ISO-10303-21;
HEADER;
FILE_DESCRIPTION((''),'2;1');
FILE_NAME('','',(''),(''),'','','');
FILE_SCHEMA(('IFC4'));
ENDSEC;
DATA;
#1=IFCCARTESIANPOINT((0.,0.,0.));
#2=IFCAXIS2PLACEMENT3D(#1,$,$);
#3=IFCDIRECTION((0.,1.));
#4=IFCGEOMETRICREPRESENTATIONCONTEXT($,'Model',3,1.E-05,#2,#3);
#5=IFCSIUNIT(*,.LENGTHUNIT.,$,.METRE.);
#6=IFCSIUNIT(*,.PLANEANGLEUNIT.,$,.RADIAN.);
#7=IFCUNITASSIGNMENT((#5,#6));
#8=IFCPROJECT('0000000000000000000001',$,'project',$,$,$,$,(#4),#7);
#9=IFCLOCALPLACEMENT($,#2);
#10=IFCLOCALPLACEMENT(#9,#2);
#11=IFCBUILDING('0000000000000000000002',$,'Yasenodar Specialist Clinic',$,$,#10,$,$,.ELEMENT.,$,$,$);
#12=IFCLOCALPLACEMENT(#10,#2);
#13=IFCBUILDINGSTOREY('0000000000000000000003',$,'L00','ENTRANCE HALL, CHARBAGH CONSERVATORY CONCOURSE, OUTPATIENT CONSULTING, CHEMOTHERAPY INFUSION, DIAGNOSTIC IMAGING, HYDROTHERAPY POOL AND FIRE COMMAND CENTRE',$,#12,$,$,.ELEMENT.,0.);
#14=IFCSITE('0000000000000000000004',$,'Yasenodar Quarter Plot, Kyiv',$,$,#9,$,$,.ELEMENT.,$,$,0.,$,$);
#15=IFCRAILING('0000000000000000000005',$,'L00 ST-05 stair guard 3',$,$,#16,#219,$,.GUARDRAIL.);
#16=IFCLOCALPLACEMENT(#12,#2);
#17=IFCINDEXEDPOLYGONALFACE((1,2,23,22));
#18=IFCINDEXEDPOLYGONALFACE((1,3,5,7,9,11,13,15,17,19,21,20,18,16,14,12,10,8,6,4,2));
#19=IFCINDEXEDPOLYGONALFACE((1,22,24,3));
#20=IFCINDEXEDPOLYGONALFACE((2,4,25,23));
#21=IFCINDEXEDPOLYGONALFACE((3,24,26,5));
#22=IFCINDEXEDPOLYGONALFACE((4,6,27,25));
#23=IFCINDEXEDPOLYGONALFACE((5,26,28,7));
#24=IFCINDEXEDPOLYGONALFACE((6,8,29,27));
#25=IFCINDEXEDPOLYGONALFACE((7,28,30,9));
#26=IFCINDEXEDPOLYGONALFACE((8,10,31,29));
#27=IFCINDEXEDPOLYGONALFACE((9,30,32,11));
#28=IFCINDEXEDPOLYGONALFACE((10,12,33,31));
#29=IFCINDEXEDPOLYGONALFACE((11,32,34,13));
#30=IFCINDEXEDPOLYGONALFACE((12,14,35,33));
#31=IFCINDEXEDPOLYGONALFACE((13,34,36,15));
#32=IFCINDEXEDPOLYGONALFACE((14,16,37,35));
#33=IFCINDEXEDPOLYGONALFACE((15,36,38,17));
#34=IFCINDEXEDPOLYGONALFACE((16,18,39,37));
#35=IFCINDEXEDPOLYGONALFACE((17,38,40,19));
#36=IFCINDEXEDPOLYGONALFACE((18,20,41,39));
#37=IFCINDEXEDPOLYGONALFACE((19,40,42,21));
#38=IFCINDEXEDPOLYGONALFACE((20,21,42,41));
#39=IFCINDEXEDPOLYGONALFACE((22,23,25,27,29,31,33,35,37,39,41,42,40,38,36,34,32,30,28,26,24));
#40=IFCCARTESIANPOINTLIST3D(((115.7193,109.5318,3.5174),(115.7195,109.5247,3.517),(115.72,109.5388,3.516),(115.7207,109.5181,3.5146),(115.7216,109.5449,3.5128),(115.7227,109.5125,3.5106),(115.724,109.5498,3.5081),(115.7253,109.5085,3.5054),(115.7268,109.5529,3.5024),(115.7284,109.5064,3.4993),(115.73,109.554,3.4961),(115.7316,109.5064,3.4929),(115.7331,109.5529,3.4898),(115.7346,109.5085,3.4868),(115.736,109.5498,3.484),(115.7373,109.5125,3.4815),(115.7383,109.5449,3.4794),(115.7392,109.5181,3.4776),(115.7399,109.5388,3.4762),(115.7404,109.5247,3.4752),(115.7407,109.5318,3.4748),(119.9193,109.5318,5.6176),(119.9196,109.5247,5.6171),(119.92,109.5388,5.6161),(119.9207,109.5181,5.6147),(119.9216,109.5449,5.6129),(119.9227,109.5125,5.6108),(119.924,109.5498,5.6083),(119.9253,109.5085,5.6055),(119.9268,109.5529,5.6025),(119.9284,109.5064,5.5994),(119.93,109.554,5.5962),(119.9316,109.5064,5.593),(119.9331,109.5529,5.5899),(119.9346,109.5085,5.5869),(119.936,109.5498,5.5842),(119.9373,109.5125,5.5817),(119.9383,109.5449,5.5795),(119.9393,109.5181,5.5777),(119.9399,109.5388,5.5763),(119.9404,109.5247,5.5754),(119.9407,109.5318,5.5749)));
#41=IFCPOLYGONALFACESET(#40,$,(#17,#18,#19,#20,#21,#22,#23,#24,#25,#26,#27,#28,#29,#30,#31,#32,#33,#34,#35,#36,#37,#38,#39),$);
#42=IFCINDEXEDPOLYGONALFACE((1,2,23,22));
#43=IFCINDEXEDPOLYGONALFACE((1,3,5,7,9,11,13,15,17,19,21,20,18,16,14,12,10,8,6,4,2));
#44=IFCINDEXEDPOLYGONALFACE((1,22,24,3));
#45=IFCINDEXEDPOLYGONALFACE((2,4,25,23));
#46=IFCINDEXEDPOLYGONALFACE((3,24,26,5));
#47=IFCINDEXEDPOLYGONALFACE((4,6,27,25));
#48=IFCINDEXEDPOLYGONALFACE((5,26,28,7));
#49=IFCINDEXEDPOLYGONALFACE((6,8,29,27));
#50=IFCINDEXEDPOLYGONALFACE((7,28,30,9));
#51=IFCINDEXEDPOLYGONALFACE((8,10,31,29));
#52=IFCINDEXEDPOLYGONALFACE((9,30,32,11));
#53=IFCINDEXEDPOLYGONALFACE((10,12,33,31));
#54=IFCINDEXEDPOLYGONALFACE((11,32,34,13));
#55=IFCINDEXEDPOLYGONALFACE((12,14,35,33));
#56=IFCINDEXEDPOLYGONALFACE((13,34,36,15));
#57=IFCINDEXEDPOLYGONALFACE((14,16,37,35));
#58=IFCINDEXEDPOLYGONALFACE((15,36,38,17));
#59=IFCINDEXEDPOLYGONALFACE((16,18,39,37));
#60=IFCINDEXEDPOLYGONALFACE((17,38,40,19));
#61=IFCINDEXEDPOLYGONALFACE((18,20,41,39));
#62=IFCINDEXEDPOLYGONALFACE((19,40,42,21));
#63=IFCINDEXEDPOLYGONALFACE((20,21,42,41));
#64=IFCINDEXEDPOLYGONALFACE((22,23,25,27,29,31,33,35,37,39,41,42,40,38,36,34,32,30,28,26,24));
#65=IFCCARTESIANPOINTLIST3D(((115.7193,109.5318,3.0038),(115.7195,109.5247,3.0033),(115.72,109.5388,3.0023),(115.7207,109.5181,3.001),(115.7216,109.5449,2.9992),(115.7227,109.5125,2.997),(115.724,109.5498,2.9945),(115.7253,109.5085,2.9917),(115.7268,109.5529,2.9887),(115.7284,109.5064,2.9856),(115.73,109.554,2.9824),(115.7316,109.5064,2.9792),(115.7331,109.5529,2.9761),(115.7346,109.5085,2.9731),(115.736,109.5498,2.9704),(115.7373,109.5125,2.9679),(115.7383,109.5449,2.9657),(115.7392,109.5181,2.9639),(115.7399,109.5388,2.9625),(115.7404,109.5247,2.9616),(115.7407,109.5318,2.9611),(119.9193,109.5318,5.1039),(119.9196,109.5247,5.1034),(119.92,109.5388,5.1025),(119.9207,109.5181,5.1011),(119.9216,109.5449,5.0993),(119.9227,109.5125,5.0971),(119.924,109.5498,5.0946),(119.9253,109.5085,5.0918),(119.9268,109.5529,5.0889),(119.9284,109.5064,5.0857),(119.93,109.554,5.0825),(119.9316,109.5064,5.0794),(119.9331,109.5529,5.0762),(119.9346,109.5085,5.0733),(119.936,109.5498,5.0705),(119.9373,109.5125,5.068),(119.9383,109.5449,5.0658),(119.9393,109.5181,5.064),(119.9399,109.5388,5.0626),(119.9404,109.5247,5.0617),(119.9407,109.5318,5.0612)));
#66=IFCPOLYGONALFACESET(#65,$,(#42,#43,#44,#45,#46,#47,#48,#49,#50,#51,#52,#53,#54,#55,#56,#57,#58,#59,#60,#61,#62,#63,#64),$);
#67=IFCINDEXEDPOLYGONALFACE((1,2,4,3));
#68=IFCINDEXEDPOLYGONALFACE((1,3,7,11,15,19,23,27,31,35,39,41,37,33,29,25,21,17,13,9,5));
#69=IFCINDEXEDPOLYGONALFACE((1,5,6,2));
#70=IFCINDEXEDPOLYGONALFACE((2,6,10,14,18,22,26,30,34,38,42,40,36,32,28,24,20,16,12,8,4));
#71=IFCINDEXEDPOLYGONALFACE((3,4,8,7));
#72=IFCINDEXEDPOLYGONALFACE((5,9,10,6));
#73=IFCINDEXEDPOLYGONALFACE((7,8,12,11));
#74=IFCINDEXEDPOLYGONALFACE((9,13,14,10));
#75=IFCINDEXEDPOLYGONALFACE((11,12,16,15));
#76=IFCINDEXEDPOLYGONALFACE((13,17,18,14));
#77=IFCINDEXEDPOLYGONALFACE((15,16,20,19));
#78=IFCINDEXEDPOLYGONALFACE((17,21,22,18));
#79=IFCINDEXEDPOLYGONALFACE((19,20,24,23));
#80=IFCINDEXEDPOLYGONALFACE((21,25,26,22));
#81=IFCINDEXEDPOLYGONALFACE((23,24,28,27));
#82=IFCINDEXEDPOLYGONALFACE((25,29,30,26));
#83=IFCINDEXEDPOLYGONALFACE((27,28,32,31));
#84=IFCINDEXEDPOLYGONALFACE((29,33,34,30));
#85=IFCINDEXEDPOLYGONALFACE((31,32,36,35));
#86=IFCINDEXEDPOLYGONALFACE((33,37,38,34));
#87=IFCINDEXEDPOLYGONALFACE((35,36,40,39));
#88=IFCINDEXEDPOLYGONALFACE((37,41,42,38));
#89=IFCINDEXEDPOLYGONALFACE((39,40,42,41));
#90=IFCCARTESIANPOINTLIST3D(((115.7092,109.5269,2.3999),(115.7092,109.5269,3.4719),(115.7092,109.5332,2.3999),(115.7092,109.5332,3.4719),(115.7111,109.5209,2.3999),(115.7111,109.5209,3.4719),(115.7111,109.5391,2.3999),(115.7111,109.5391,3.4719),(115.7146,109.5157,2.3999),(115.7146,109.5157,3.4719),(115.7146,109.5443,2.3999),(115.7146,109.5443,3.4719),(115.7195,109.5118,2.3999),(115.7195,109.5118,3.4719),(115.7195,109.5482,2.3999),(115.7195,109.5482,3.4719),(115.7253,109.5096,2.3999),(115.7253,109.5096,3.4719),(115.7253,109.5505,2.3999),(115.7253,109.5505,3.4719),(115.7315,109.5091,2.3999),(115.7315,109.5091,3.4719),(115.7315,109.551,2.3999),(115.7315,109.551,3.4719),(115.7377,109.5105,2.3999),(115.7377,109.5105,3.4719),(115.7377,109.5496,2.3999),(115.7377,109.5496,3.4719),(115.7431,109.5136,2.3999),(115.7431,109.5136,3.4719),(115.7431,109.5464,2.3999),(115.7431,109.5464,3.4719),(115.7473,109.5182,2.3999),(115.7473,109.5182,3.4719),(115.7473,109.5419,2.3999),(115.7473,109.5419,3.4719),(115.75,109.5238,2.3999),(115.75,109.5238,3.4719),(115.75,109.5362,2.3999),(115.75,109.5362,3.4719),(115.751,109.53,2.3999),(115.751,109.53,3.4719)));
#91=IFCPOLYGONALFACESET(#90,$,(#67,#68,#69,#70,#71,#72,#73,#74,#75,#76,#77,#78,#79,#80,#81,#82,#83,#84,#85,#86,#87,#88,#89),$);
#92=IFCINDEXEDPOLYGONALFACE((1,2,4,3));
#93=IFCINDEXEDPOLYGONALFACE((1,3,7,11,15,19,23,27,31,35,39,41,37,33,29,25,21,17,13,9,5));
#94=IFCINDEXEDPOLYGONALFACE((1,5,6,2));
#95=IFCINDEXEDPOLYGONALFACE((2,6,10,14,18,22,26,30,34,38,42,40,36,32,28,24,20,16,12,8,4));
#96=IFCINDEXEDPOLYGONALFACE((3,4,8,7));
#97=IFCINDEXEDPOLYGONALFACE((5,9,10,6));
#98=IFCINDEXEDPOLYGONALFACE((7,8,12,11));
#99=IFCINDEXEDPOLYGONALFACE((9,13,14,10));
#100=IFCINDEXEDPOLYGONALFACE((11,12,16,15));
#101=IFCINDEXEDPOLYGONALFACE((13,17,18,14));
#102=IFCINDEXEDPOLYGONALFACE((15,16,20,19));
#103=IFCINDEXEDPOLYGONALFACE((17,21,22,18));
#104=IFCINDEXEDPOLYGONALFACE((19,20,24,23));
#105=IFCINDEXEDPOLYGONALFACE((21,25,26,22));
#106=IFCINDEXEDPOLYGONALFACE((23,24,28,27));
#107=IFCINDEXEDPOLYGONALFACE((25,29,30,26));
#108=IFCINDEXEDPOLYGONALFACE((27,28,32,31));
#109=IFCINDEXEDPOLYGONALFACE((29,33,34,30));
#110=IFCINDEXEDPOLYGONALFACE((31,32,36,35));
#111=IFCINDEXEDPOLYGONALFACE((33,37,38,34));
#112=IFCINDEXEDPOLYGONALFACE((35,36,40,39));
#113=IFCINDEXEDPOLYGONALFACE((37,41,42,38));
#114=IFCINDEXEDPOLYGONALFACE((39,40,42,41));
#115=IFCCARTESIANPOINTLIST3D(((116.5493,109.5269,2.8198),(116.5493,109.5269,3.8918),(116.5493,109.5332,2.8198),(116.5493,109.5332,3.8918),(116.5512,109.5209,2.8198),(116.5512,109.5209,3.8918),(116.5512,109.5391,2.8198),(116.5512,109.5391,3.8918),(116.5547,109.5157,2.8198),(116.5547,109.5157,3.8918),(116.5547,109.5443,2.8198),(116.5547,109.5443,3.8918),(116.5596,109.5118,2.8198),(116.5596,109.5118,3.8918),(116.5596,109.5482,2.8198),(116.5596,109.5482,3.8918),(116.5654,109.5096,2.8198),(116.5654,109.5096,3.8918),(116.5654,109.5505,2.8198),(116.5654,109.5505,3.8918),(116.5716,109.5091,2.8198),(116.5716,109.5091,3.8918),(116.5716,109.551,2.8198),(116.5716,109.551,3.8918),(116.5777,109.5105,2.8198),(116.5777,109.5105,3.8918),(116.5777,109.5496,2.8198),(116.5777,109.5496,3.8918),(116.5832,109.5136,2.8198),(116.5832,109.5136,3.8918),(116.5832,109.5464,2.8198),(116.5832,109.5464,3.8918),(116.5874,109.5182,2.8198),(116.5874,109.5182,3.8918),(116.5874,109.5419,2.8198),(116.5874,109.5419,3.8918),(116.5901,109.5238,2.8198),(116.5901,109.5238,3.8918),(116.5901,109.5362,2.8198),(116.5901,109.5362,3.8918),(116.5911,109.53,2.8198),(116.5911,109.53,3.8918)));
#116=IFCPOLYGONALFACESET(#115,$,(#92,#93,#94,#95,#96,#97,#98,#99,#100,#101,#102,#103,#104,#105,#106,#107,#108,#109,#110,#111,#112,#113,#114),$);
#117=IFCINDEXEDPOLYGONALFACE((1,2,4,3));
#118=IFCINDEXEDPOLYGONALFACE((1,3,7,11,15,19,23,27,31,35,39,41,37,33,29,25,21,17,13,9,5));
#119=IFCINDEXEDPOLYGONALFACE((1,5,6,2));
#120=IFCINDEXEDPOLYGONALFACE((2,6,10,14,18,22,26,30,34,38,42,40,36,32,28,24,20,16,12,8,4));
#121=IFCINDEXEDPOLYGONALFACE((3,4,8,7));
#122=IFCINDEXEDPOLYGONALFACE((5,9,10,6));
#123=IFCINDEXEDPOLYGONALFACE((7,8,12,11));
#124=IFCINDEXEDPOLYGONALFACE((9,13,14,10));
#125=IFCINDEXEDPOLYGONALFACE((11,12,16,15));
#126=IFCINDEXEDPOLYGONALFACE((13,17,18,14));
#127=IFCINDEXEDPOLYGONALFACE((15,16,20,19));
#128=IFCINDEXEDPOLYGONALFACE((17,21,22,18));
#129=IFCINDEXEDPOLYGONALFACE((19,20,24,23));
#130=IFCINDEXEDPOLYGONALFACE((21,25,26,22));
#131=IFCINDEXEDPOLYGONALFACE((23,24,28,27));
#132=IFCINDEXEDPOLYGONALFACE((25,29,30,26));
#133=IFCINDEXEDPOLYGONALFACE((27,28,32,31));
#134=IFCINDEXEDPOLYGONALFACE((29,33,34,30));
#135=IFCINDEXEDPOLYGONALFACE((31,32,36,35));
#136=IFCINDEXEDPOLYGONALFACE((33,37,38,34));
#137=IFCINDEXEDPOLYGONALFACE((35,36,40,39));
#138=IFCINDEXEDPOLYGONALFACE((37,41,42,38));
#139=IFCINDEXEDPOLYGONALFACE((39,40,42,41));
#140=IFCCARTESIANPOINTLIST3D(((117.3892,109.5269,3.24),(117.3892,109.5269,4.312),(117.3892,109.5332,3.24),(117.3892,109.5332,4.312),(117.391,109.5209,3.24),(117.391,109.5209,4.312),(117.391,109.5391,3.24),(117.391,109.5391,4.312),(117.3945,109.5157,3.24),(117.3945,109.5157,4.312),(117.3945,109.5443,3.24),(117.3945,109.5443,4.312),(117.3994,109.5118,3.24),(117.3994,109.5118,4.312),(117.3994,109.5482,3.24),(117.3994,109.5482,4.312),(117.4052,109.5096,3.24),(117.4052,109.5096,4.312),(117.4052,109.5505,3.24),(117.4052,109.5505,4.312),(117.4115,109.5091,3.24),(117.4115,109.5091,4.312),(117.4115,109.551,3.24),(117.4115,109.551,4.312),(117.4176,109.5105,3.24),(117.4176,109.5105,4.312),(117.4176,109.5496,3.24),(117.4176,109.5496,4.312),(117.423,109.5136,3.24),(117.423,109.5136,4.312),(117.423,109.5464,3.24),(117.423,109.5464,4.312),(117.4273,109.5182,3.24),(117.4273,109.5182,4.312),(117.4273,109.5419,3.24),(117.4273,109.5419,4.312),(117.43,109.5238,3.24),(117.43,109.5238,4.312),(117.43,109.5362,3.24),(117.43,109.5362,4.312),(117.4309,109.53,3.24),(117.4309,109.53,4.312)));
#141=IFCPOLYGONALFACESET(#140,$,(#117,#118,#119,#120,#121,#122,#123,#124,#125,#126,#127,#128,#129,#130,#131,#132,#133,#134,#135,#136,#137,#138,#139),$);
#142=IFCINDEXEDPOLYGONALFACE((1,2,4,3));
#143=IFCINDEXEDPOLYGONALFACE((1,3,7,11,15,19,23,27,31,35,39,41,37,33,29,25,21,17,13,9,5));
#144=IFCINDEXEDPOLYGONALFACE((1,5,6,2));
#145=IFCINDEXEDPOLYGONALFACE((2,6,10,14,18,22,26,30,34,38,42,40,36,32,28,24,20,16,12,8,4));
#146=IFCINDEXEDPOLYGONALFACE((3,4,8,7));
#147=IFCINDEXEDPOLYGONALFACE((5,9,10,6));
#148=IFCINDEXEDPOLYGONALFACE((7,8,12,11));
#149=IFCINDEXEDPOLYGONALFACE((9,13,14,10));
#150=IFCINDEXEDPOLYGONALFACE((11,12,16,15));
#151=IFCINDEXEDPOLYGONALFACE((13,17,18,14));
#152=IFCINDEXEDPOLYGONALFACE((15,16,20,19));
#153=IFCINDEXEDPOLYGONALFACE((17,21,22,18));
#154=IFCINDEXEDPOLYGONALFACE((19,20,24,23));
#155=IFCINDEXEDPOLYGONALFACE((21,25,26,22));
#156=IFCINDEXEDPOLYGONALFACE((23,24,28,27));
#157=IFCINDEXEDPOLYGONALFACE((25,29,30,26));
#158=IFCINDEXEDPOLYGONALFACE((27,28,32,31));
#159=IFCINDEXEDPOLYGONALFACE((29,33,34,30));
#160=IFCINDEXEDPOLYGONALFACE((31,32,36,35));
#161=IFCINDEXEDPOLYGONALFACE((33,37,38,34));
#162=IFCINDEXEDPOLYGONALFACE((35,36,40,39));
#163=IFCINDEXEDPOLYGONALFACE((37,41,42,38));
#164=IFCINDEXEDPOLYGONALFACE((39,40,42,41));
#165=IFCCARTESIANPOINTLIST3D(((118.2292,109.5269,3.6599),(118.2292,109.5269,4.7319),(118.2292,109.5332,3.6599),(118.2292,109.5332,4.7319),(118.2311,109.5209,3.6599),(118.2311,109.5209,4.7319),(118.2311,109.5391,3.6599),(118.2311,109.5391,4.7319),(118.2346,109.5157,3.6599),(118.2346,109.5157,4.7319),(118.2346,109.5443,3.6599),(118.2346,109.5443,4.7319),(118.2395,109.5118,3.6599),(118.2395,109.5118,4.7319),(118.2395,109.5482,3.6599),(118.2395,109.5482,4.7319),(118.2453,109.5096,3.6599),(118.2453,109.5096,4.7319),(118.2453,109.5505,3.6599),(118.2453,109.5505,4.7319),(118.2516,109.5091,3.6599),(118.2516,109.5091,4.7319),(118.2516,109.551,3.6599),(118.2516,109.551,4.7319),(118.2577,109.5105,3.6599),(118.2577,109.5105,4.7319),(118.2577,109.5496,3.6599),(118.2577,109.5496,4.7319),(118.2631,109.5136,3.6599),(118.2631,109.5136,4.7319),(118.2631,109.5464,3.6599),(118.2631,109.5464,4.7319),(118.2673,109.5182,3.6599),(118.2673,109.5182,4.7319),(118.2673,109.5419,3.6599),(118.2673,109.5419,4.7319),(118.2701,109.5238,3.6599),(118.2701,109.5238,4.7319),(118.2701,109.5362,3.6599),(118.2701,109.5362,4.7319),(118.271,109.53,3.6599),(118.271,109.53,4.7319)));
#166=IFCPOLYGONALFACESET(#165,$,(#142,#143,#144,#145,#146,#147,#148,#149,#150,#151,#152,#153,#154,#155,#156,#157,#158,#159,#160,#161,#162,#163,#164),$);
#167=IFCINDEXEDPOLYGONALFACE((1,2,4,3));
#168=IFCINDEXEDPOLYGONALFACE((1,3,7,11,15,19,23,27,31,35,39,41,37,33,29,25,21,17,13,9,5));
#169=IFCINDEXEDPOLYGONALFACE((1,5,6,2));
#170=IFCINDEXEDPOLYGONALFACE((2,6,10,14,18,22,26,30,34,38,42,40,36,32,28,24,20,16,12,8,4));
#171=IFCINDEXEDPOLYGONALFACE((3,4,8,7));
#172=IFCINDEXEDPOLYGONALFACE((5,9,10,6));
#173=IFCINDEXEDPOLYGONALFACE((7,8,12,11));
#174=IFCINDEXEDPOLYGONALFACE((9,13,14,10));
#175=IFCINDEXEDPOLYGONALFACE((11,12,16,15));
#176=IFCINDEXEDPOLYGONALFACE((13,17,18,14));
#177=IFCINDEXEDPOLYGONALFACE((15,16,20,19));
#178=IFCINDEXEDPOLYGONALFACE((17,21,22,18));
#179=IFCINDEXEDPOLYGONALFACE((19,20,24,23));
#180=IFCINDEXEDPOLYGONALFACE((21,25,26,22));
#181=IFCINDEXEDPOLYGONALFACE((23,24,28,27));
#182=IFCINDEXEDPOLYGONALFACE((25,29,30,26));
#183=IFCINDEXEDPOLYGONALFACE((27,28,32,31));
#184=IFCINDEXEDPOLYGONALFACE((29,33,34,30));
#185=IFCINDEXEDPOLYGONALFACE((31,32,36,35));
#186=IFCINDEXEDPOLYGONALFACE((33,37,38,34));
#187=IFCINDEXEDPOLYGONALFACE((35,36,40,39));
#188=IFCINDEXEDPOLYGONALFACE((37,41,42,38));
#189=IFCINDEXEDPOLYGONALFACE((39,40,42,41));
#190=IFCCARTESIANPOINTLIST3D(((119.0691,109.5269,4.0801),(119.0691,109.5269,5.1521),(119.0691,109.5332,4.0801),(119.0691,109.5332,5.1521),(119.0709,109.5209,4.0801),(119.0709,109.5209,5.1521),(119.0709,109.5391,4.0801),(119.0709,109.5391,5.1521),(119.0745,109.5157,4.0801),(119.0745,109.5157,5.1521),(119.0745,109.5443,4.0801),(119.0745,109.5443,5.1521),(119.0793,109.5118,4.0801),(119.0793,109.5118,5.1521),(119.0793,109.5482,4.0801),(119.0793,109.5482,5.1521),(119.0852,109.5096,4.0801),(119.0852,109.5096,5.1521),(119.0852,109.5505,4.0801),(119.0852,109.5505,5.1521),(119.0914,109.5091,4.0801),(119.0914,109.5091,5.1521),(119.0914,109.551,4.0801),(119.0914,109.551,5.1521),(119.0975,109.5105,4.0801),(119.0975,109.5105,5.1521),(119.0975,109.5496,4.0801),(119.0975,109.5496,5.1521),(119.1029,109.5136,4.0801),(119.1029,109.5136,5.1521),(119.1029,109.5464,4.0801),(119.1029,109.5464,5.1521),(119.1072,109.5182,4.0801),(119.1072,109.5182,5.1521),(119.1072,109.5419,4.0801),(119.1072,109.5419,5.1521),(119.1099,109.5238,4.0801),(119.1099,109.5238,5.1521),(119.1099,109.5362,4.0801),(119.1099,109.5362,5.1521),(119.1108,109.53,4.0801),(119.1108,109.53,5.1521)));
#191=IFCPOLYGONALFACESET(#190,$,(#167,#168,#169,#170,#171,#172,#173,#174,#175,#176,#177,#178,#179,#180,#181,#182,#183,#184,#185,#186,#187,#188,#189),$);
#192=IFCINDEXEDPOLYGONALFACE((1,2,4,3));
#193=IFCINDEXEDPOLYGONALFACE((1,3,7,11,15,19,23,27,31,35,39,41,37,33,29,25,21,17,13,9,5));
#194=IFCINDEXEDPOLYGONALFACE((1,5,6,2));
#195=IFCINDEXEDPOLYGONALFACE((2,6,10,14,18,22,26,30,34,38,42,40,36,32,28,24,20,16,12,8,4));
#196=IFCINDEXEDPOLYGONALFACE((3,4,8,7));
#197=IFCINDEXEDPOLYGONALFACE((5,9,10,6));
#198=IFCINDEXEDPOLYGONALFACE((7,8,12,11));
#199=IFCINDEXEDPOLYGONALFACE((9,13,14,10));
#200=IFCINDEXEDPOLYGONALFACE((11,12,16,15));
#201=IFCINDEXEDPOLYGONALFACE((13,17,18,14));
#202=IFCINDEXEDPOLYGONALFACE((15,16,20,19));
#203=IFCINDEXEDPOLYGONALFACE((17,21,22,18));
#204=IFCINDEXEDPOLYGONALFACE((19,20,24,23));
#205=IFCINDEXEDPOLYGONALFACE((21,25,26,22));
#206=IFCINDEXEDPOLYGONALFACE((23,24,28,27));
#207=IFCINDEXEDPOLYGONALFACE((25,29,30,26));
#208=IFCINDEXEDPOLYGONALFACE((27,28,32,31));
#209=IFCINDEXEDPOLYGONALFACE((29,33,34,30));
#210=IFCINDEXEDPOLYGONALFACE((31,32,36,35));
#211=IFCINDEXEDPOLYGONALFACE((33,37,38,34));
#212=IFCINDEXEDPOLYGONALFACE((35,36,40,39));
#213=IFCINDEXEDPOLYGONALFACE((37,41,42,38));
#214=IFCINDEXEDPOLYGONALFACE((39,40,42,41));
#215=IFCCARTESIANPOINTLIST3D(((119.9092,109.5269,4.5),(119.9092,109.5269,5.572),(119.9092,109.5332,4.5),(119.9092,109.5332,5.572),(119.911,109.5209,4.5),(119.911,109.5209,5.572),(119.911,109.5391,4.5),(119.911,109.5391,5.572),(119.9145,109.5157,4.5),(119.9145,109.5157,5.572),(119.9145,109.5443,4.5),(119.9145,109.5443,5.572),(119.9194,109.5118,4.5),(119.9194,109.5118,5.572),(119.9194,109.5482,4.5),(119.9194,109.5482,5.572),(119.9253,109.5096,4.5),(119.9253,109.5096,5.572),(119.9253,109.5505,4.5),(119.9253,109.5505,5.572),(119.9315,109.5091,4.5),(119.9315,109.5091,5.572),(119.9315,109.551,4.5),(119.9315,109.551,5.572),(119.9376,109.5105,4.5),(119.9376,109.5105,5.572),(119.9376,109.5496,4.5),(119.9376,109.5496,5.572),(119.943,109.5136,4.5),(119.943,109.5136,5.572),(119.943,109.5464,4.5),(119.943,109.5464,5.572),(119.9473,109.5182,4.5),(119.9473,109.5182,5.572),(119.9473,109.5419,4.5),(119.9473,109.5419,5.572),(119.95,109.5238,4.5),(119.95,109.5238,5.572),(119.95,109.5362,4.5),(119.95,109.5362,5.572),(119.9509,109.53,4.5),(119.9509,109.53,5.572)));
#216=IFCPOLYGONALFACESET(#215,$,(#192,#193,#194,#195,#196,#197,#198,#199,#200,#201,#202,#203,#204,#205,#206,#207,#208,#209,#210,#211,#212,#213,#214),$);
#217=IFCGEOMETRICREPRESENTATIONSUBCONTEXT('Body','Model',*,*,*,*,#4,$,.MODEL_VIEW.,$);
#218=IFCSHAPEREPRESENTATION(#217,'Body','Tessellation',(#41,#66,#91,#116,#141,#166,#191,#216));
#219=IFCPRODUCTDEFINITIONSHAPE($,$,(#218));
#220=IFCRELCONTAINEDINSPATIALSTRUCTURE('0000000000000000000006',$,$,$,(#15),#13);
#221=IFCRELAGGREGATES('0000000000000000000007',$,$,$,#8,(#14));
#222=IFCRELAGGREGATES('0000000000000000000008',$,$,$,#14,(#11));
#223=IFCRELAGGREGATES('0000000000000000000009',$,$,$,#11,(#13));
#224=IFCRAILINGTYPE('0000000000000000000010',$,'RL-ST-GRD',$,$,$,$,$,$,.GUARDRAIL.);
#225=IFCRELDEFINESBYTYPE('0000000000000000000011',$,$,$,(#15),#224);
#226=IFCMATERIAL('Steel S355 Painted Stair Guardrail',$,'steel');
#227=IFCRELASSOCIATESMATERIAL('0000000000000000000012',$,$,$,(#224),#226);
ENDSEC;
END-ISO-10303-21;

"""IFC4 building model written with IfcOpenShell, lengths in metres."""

from ifc_helpers import new_model, si_unit, direction, frame, origin, origin_2d, place, context, subcontext, project, spatial, circle, extrude, material, type_object, element, save


model = new_model("IFC4")

# Units and contexts
model_context = context("Model", 3, precision=1e-05, world=origin(), true_north=direction((0.0, 1.0)))
body_context = subcontext(model_context, "Body", "Model", "MODEL_VIEW")
ifc_project = project(units=[si_unit("LENGTHUNIT", "METRE"), si_unit("PLANEANGLEUNIT", "RADIAN")], contexts=[model_context])

# Site, building, storey
site_placement = place(None, origin())
site = spatial("IfcSite", under=ifc_project, at=site_placement, Name="Yasenodar Quarter Plot, Kyiv", CompositionType="ELEMENT", RefElevation=0.0)
building_placement = place(site_placement, origin())
building = spatial("IfcBuilding", under=site, at=building_placement, Name="Yasenodar Specialist Clinic", CompositionType="ELEMENT")
storey_placement = place(building_placement, origin())
storey = spatial("IfcBuildingStorey", under=building, at=storey_placement, Name="L00", Description="ENTRANCE HALL, CHARBAGH CONSERVATORY CONCOURSE, OUTPATIENT CONSULTING, CHEMOTHERAPY INFUSION, DIAGNOSTIC IMAGING, HYDROTHERAPY POOL AND FIRE COMMAND CENTRE", CompositionType="ELEMENT", Elevation=0.0)

# Railing
ifc_material_1 = material(Name="Steel S355 Painted Stair Guardrail", Category="steel")
railing_type_1 = type_object("IfcRailingType", Name="RL-ST-GRD", PredefinedType="GUARDRAIL", material=ifc_material_1)
railing_1_placement = place(storey_placement, frame((115.73, 109.53, 2.3999)))
element("IfcRailing", 1, at=railing_1_placement, inside=storey, type_object=railing_type_1, Name="L00 ST-05 stair guard 3", PredefinedType="GUARDRAIL", context=body_context, shape_type="SweptSolid", body=[
    extrude(circle(Radius=0.0239, at=origin_2d()), frame((0.0, 0.0, 1.0962), z_axis=(0.894417, 0.0, 0.447234), x_axis=(0.0, 1.0, 0.0)), (0.0, 0.0, 1.0), 4.6958),
    extrude(circle(Radius=0.0239, at=origin_2d()), frame((0.0, 0.0, 0.5825), z_axis=(0.894417, 0.0, 0.447234), x_axis=(0.0, 1.0, 0.0)), (0.0, 0.0, 1.0), 4.6958),
    extrude(circle(Radius=0.021, at=origin_2d()), origin(), (0.0, 0.0, 1.0), 1.072),
    extrude(circle(Radius=0.021, at=origin_2d()), frame((0.8401, 0.0, 0.4199)), (0.0, 0.0, 1.0), 1.072),
    extrude(circle(Radius=0.021, at=origin_2d()), frame((1.6799, 0.0, 0.8401)), (0.0, 0.0, 1.0), 1.072),
    extrude(circle(Radius=0.021, at=origin_2d()), frame((2.52, 0.0, 1.26)), (0.0, 0.0, 1.0), 1.072),
    extrude(circle(Radius=0.021, at=origin_2d()), frame((3.3599, 0.0, 1.6802)), (0.0, 0.0, 1.0), 1.072),
    extrude(circle(Radius=0.021, at=origin_2d()), frame((4.2, 0.0, 2.1001)), (0.0, 0.0, 1.0), 1.072),
])

save(model, "model.ifc")
